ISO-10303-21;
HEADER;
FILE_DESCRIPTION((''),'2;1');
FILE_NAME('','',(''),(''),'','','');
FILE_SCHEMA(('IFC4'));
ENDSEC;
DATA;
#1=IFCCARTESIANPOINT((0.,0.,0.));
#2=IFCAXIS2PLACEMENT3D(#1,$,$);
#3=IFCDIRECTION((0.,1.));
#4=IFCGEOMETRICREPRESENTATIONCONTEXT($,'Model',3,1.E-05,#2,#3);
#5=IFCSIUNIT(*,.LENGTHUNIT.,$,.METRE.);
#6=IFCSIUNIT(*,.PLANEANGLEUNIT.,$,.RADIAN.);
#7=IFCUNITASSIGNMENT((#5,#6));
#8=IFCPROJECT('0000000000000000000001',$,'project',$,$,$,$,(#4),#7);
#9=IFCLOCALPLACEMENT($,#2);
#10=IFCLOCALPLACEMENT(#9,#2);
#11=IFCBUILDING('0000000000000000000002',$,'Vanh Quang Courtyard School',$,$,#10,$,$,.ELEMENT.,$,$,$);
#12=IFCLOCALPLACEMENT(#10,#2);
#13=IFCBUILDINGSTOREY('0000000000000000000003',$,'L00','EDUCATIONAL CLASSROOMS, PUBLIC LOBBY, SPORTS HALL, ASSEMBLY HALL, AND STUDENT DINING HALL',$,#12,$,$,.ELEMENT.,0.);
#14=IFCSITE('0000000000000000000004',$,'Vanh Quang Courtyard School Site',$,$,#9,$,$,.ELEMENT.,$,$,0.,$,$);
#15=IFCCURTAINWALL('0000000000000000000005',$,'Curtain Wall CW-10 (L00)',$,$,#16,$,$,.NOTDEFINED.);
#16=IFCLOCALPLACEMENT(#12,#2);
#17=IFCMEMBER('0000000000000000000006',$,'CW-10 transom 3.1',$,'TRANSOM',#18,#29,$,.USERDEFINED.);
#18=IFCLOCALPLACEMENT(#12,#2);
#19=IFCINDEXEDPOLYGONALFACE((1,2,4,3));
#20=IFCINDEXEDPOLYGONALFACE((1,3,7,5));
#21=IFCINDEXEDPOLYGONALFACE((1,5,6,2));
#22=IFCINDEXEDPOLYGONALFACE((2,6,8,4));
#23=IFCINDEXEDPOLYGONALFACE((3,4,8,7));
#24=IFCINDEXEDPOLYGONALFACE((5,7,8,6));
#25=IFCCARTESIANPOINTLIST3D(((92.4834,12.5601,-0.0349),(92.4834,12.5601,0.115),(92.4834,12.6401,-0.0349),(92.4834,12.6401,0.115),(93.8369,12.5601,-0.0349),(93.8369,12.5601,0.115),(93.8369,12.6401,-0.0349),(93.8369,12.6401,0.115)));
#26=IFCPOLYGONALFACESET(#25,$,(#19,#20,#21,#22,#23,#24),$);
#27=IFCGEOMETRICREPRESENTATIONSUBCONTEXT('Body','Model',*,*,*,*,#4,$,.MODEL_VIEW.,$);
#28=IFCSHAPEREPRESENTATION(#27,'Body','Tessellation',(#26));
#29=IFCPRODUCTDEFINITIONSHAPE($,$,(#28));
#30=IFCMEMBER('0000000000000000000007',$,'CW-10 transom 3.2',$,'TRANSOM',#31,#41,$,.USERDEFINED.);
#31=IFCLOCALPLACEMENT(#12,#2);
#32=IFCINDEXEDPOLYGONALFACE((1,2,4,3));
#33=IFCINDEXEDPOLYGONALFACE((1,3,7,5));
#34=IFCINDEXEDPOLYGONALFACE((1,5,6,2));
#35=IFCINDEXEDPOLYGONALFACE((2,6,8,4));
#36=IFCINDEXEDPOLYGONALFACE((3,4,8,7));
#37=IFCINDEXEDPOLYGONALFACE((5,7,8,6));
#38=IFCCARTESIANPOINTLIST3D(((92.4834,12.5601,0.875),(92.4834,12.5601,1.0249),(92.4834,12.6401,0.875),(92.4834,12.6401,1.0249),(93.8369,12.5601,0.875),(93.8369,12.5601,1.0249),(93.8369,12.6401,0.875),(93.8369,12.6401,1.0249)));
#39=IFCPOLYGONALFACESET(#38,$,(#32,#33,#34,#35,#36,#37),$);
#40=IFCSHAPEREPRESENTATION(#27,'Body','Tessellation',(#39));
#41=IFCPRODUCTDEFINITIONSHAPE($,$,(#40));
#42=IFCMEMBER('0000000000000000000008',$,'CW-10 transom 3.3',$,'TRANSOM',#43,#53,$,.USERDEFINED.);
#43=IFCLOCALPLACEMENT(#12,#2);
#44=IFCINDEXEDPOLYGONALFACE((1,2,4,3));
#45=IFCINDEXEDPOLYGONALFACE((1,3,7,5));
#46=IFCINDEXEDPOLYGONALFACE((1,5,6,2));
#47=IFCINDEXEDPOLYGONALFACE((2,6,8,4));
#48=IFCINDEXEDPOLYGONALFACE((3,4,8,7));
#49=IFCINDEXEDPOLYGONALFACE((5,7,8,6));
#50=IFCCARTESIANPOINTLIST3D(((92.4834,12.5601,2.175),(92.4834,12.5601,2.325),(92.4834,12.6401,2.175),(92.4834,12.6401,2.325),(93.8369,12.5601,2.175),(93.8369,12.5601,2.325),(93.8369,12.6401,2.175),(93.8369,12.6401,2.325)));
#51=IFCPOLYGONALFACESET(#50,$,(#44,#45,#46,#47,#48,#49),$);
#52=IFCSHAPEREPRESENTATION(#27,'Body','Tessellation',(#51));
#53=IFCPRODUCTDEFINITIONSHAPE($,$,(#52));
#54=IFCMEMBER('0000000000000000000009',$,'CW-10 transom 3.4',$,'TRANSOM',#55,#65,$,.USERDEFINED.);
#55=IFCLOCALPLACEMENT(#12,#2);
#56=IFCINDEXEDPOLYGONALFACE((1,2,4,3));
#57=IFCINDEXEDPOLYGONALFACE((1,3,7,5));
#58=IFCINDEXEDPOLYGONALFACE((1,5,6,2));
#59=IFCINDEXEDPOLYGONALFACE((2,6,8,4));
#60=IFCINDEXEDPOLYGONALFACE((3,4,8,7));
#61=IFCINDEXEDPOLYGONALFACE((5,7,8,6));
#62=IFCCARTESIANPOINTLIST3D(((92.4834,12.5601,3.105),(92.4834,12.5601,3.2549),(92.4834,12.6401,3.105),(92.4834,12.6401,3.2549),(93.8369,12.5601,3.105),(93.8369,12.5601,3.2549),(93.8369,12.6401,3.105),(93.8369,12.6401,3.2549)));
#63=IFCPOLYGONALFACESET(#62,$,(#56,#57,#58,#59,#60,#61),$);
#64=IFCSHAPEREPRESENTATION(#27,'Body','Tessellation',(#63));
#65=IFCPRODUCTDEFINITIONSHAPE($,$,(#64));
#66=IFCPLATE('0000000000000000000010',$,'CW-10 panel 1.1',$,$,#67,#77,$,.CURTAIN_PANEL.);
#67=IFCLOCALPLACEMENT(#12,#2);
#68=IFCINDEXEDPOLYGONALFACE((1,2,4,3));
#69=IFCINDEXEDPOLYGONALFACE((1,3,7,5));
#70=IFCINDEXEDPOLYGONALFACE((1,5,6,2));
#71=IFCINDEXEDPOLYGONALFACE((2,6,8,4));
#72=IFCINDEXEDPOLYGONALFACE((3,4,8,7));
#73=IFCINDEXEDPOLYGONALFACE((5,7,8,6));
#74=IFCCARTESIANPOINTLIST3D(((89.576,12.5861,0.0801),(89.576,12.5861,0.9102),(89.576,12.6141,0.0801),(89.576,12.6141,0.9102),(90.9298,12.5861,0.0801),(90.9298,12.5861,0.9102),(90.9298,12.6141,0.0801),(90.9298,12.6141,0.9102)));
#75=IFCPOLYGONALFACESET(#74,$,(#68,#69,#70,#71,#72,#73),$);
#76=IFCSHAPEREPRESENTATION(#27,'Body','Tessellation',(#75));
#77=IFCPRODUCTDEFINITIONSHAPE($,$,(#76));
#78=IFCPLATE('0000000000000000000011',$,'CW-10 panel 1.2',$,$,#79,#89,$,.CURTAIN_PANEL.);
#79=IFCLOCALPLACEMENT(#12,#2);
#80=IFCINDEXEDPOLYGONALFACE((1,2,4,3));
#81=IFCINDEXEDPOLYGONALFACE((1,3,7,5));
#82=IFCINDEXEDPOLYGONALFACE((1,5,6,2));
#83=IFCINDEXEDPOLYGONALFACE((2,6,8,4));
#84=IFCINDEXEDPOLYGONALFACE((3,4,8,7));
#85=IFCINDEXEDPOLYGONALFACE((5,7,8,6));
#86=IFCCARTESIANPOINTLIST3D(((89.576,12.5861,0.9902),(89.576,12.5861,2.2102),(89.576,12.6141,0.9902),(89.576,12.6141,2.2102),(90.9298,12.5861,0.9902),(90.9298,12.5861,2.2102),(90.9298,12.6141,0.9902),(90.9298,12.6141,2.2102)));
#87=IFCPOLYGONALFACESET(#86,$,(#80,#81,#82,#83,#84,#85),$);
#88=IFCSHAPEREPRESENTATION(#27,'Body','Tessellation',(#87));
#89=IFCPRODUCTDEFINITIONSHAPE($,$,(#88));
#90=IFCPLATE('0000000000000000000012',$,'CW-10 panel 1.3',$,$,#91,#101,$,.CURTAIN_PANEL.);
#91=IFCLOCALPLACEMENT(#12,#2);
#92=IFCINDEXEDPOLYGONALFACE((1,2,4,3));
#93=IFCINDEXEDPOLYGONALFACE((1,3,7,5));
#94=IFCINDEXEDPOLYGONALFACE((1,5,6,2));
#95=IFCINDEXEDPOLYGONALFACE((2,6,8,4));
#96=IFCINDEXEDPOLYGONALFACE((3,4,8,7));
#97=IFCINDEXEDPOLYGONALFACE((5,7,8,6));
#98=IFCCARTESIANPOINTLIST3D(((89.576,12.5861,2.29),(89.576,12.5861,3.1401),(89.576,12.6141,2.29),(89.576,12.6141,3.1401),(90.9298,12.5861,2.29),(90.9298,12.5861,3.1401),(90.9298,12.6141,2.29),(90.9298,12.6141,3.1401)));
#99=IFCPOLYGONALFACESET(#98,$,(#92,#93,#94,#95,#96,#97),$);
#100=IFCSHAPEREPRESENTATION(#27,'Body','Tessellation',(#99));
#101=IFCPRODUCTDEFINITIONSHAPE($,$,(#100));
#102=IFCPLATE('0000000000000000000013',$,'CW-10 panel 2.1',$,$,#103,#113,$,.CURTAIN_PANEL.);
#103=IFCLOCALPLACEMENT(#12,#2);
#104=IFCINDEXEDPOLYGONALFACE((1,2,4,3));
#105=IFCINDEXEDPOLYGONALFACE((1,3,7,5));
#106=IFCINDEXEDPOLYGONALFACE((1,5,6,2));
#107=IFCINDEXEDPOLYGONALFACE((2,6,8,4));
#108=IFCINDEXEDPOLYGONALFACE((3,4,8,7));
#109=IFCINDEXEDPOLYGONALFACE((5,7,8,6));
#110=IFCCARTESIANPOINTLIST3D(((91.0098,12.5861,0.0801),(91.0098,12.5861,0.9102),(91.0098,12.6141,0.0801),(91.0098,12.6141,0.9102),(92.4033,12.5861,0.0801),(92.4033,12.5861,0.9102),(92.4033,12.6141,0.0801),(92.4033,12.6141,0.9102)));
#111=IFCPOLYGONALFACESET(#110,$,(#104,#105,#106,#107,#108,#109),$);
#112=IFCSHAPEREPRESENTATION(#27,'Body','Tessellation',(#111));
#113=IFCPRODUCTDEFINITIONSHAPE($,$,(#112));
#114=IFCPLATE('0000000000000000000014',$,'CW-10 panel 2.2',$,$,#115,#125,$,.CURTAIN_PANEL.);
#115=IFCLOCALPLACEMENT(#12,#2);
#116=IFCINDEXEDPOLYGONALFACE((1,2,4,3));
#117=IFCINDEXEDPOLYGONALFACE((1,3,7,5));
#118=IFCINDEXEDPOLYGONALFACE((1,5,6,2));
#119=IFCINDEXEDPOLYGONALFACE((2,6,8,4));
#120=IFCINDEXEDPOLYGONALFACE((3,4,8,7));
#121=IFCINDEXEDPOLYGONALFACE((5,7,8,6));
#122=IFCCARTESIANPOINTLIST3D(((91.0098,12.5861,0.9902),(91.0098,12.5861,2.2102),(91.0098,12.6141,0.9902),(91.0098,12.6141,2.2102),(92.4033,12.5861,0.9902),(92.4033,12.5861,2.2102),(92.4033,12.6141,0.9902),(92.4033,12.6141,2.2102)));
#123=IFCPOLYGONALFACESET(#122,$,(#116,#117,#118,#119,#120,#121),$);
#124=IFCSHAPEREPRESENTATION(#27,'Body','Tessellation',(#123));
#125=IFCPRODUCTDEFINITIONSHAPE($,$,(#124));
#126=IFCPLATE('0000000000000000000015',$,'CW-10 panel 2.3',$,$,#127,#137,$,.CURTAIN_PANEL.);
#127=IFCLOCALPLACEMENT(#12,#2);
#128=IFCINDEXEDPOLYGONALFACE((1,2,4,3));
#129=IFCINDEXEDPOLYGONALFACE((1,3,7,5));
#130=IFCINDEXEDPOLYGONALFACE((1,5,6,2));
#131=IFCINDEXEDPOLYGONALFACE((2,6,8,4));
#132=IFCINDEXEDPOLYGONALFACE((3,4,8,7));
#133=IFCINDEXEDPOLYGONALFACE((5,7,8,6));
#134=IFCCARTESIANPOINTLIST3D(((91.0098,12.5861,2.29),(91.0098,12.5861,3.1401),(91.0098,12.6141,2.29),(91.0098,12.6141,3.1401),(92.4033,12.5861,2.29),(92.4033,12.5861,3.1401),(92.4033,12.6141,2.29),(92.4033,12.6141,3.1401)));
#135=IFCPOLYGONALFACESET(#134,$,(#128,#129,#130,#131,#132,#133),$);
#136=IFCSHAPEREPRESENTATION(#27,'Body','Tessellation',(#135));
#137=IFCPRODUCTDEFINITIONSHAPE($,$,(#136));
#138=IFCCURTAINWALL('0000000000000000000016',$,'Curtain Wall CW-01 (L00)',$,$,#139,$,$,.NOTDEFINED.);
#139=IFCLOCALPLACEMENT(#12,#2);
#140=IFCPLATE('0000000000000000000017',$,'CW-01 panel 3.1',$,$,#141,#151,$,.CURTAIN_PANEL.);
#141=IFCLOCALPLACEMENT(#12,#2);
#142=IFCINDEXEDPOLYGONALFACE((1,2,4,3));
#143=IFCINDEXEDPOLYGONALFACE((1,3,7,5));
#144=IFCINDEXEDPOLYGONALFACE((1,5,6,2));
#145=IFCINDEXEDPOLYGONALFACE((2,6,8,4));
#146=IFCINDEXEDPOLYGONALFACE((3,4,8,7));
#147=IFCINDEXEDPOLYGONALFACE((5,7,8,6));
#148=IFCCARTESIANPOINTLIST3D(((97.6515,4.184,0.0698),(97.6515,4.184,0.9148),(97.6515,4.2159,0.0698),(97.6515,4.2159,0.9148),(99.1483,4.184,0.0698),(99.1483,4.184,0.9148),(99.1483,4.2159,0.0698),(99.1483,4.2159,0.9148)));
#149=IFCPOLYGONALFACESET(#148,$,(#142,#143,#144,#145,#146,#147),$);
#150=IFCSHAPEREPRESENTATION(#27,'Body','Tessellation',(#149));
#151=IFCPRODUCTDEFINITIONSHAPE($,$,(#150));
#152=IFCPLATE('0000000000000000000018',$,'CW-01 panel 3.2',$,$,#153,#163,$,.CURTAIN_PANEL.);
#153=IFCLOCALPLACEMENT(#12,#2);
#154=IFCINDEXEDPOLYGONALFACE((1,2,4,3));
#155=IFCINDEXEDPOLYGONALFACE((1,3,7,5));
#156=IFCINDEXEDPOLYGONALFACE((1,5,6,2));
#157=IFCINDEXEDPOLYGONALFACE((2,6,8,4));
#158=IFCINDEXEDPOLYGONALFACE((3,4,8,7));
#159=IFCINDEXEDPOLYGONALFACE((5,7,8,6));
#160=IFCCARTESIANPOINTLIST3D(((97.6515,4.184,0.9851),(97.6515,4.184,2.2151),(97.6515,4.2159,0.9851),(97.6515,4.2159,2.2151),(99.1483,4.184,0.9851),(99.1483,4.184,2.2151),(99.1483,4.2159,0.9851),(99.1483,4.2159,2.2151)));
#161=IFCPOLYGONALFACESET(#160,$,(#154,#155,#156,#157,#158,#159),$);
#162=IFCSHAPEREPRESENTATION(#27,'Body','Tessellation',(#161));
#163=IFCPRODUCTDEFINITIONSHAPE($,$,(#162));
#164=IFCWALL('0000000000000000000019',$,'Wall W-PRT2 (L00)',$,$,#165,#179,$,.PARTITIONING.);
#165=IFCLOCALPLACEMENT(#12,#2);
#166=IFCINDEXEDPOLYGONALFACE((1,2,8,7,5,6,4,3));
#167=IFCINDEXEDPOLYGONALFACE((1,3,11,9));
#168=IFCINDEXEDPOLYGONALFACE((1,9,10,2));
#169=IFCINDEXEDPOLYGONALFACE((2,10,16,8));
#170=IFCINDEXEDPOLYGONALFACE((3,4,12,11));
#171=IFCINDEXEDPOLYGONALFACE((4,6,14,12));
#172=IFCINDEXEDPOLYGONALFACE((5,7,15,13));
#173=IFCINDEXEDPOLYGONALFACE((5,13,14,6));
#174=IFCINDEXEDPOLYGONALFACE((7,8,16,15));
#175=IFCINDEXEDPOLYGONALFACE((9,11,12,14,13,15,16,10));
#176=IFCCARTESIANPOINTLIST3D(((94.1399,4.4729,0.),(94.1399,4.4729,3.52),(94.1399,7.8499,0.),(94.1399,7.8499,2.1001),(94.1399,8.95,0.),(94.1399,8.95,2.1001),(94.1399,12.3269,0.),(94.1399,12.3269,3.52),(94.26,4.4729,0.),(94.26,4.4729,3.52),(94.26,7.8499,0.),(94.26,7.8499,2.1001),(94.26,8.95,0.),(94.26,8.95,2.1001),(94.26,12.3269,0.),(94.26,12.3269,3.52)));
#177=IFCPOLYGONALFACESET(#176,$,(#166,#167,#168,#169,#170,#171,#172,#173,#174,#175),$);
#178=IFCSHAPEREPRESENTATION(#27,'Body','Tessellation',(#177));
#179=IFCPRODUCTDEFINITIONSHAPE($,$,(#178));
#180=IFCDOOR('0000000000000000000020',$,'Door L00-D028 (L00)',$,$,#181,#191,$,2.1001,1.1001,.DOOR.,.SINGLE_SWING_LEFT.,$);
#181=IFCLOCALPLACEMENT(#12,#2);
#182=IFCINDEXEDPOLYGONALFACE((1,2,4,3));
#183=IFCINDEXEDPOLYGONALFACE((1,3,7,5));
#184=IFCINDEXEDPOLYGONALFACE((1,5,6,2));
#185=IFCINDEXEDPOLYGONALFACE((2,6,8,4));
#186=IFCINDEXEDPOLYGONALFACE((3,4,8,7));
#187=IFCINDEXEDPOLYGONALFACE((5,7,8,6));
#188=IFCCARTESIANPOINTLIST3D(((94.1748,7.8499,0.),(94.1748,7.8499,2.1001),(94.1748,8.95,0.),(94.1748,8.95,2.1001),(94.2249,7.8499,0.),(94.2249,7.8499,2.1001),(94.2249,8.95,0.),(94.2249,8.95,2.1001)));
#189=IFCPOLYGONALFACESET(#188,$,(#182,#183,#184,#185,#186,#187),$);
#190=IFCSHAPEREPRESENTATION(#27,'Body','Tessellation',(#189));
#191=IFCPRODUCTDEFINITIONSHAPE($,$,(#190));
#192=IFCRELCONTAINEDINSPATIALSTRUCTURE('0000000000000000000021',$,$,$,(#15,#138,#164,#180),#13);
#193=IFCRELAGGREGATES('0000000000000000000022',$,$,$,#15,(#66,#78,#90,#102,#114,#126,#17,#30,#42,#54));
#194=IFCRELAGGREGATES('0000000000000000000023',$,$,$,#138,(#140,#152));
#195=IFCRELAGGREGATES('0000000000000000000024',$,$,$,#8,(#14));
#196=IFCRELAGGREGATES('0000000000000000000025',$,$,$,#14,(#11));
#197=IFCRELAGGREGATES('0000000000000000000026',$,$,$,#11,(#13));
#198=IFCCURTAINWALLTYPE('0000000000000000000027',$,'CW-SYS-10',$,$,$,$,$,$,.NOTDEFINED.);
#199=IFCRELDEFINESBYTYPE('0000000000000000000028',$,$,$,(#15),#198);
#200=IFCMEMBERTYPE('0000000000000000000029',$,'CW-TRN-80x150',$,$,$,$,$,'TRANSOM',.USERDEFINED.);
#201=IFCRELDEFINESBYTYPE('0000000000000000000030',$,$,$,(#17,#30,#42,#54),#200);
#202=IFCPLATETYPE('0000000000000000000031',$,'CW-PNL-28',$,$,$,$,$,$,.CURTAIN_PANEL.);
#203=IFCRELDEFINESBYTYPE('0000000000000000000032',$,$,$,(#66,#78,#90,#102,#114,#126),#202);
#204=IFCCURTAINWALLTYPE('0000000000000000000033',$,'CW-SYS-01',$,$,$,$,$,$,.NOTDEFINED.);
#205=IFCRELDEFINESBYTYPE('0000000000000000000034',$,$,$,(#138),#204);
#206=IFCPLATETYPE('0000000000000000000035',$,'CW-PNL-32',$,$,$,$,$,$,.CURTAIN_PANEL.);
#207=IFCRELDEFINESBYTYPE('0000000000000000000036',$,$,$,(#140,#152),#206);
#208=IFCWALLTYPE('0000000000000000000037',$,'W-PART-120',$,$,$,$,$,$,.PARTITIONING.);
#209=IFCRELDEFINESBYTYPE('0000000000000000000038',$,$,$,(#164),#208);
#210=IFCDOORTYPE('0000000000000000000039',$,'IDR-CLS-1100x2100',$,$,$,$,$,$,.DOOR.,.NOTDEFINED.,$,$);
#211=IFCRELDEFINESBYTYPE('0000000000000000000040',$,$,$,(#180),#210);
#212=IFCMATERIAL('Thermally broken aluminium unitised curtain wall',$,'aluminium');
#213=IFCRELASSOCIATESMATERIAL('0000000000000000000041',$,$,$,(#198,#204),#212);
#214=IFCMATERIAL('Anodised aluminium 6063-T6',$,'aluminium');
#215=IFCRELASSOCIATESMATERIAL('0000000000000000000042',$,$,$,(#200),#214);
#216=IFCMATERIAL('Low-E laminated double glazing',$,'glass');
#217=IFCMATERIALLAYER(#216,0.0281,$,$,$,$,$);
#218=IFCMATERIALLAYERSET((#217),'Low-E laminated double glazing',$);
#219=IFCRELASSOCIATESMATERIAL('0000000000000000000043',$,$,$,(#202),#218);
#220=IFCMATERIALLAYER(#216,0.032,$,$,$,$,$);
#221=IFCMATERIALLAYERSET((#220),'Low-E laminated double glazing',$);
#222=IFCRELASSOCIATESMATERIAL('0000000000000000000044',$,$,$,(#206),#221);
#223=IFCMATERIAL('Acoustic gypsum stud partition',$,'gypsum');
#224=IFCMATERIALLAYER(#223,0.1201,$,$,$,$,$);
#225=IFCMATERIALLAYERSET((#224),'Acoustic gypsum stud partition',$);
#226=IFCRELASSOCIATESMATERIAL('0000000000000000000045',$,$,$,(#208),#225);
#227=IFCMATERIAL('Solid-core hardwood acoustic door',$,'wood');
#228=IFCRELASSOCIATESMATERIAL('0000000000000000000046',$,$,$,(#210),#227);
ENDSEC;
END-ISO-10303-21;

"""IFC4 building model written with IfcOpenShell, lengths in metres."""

from ifc_helpers import new_model, si_unit, direction, frame, frame_2d, origin, origin_2d, place, context, subcontext, project, spatial, rectangle, extrude, material, layer, layer_set, material_profile, profile_set, type_object, element, fill, aggregate, save


model = new_model("IFC4")

# Units and contexts
model_context = context("Model", 3, precision=1e-05, world=origin(), true_north=direction((0.0, 1.0)))
body_context = subcontext(model_context, "Body", "Model", "MODEL_VIEW")
ifc_project = project(units=[si_unit("LENGTHUNIT", "METRE"), si_unit("PLANEANGLEUNIT", "RADIAN")], contexts=[model_context])

# Site, building, storey
site_placement = place(None, origin())
site = spatial("IfcSite", under=ifc_project, at=site_placement, Name="Vanh Quang Courtyard School Site", CompositionType="ELEMENT", RefElevation=0.0)
building_placement = place(site_placement, origin())
building = spatial("IfcBuilding", under=site, at=building_placement, Name="Vanh Quang Courtyard School", CompositionType="ELEMENT")
storey_placement = place(building_placement, origin())
storey = spatial("IfcBuildingStorey", under=building, at=storey_placement, Name="L00", Description="EDUCATIONAL CLASSROOMS, PUBLIC LOBBY, SPORTS HALL, ASSEMBLY HALL, AND STUDENT DINING HALL", CompositionType="ELEMENT", Elevation=0.0)

# Curtain wall, members, plates
ifc_material_1 = material(Name="Thermally broken aluminium unitised curtain wall", Category="aluminium")
curtain_wall_type_1 = type_object("IfcCurtainWallType", Name="CW-SYS-10", PredefinedType="NOTDEFINED", material=ifc_material_1)
curtain_wall_1_placement = place(storey_placement, origin())
curtain_wall_1 = element("IfcCurtainWall", 1, at=curtain_wall_1_placement, inside=storey, type_object=curtain_wall_type_1, Name="Curtain Wall CW-10 (L00)", PredefinedType="NOTDEFINED")
ifc_material_2 = material(Name="Anodised aluminium 6063-T6", Category="aluminium")
ifc_material_profile_1 = material_profile(ifc_material_2, rectangle(XDim=0.0801, YDim=0.1499, at=origin_2d()), Name="ALU-TRN 80x150")
ifc_profile_set_1 = profile_set([ifc_material_profile_1], Name="Anodised aluminium 6063-T6")
member_type_1 = type_object("IfcMemberType", Name="CW-TRN-80x150", ElementType="TRANSOM", PredefinedType="USERDEFINED", material=ifc_profile_set_1)
member_1_placement = place(storey_placement, frame((92.4834, 12.6001, 0.04), z_axis=(1.0, 0.0, 0.0), x_axis=(0.0, 1.0, 0.0)))
member_1 = element("IfcMember", 2, at=member_1_placement, type_object=member_type_1, Name="CW-10 transom 3.1", ObjectType="TRANSOM", PredefinedType="USERDEFINED", context=body_context, shape_type="SweptSolid", body=[
    extrude(rectangle(XDim=0.0801, YDim=0.1499, at=origin_2d()), origin(), (0.0, 0.0, 1.0), 1.3535),
])
member_2_placement = place(storey_placement, frame((92.4834, 12.6001, 0.95), z_axis=(1.0, 0.0, 0.0), x_axis=(0.0, 1.0, 0.0)))
member_2 = element("IfcMember", 3, at=member_2_placement, type_object=member_type_1, Name="CW-10 transom 3.2", ObjectType="TRANSOM", PredefinedType="USERDEFINED", context=body_context, shape_type="SweptSolid", body=[
    extrude(rectangle(XDim=0.0801, YDim=0.1499, at=origin_2d()), origin(), (0.0, 0.0, 1.0), 1.3535),
])
member_3_placement = place(storey_placement, frame((92.4834, 12.6001, 2.25), z_axis=(1.0, 0.0, 0.0), x_axis=(0.0, 1.0, 0.0)))
member_3 = element("IfcMember", 4, at=member_3_placement, type_object=member_type_1, Name="CW-10 transom 3.3", ObjectType="TRANSOM", PredefinedType="USERDEFINED", context=body_context, shape_type="SweptSolid", body=[
    extrude(rectangle(XDim=0.0801, YDim=0.1499, at=origin_2d()), origin(), (0.0, 0.0, 1.0), 1.3535),
])
member_4_placement = place(storey_placement, frame((92.4834, 12.6001, 3.1799), z_axis=(1.0, 0.0, 0.0), x_axis=(0.0, 1.0, 0.0)))
member_4 = element("IfcMember", 5, at=member_4_placement, type_object=member_type_1, Name="CW-10 transom 3.4", ObjectType="TRANSOM", PredefinedType="USERDEFINED", context=body_context, shape_type="SweptSolid", body=[
    extrude(rectangle(XDim=0.0801, YDim=0.1499, at=origin_2d()), origin(), (0.0, 0.0, 1.0), 1.3535),
])
ifc_material_3 = material(Name="Low-E laminated double glazing", Category="glass")
ifc_layer_1 = layer(ifc_material_3, 0.0281)
ifc_layer_set_1 = layer_set([ifc_layer_1], Name="Low-E laminated double glazing")
plate_type_1 = type_object("IfcPlateType", Name="CW-PNL-28", PredefinedType="CURTAIN_PANEL", material=ifc_layer_set_1)
plate_1_placement = place(storey_placement, frame((90.2529, 12.6001, 0.0801), z_axis=(0.0, 0.0, 1.0), x_axis=(1.0, 0.0, 0.0)))
plate_1 = element("IfcPlate", 6, at=plate_1_placement, type_object=plate_type_1, Name="CW-10 panel 1.1", PredefinedType="CURTAIN_PANEL", context=body_context, shape_type="SweptSolid", body=[
    extrude(rectangle(XDim=1.3538, YDim=0.0281, at=origin_2d()), origin(), (0.0, 0.0, 1.0), 0.8301),
])
plate_2_placement = place(storey_placement, frame((90.2529, 12.6001, 0.9902), z_axis=(0.0, 0.0, 1.0), x_axis=(1.0, 0.0, 0.0)))
plate_2 = element("IfcPlate", 7, at=plate_2_placement, type_object=plate_type_1, Name="CW-10 panel 1.2", PredefinedType="CURTAIN_PANEL", context=body_context, shape_type="SweptSolid", body=[
    extrude(rectangle(XDim=1.3538, YDim=0.0281, at=origin_2d()), origin(), (0.0, 0.0, 1.0), 1.22),
])
plate_3_placement = place(storey_placement, frame((90.2529, 12.6001, 2.29), z_axis=(0.0, 0.0, 1.0), x_axis=(1.0, 0.0, 0.0)))
plate_3 = element("IfcPlate", 8, at=plate_3_placement, type_object=plate_type_1, Name="CW-10 panel 1.3", PredefinedType="CURTAIN_PANEL", context=body_context, shape_type="SweptSolid", body=[
    extrude(rectangle(XDim=1.3538, YDim=0.0281, at=origin_2d()), origin(), (0.0, 0.0, 1.0), 0.8501),
])
plate_4_placement = place(storey_placement, frame((91.7065, 12.6001, 0.0801), z_axis=(0.0, 0.0, 1.0), x_axis=(1.0, 0.0, 0.0)))
plate_4 = element("IfcPlate", 9, at=plate_4_placement, type_object=plate_type_1, Name="CW-10 panel 2.1", PredefinedType="CURTAIN_PANEL", context=body_context, shape_type="SweptSolid", body=[
    extrude(rectangle(XDim=1.3936, YDim=0.0281, at=origin_2d()), origin(), (0.0, 0.0, 1.0), 0.8301),
])
plate_5_placement = place(storey_placement, frame((91.7065, 12.6001, 0.9902), z_axis=(0.0, 0.0, 1.0), x_axis=(1.0, 0.0, 0.0)))
plate_5 = element("IfcPlate", 10, at=plate_5_placement, type_object=plate_type_1, Name="CW-10 panel 2.2", PredefinedType="CURTAIN_PANEL", context=body_context, shape_type="SweptSolid", body=[
    extrude(rectangle(XDim=1.3936, YDim=0.0281, at=origin_2d()), origin(), (0.0, 0.0, 1.0), 1.22),
])
plate_6_placement = place(storey_placement, frame((91.7065, 12.6001, 2.29), z_axis=(0.0, 0.0, 1.0), x_axis=(1.0, 0.0, 0.0)))
plate_6 = element("IfcPlate", 11, at=plate_6_placement, type_object=plate_type_1, Name="CW-10 panel 2.3", PredefinedType="CURTAIN_PANEL", context=body_context, shape_type="SweptSolid", body=[
    extrude(rectangle(XDim=1.3936, YDim=0.0281, at=origin_2d()), origin(), (0.0, 0.0, 1.0), 0.8501),
])
aggregate(curtain_wall_1, [plate_1, plate_2, plate_3, plate_4, plate_5, plate_6, member_1, member_2, member_3, member_4])

# Curtain wall, plates
curtain_wall_type_2 = type_object("IfcCurtainWallType", Name="CW-SYS-01", PredefinedType="NOTDEFINED", material=ifc_material_1)
curtain_wall_2_placement = place(storey_placement, origin())
curtain_wall_2 = element("IfcCurtainWall", 12, at=curtain_wall_2_placement, inside=storey, type_object=curtain_wall_type_2, Name="Curtain Wall CW-01 (L00)", PredefinedType="NOTDEFINED")
ifc_layer_2 = layer(ifc_material_3, 0.032)
ifc_layer_set_2 = layer_set([ifc_layer_2], Name="Low-E laminated double glazing")
plate_type_2 = type_object("IfcPlateType", Name="CW-PNL-32", PredefinedType="CURTAIN_PANEL", material=ifc_layer_set_2)
plate_7_placement = place(storey_placement, frame((98.3999, 4.2, 0.0698), z_axis=(0.0, 0.0, 1.0), x_axis=(-1.0, 0.0, 0.0)))
plate_7 = element("IfcPlate", 13, at=plate_7_placement, type_object=plate_type_2, Name="CW-01 panel 3.1", PredefinedType="CURTAIN_PANEL", context=body_context, shape_type="SweptSolid", body=[
    extrude(rectangle(XDim=1.4968, YDim=0.032, at=origin_2d()), origin(), (0.0, 0.0, 1.0), 0.845),
])
plate_8_placement = place(storey_placement, frame((98.3999, 4.2, 0.9851), z_axis=(0.0, 0.0, 1.0), x_axis=(-1.0, 0.0, 0.0)))
plate_8 = element("IfcPlate", 14, at=plate_8_placement, type_object=plate_type_2, Name="CW-01 panel 3.2", PredefinedType="CURTAIN_PANEL", context=body_context, shape_type="SweptSolid", body=[
    extrude(rectangle(XDim=1.4968, YDim=0.032, at=origin_2d()), origin(), (0.0, 0.0, 1.0), 1.23),
])
aggregate(curtain_wall_2, [plate_7, plate_8])

# Wall, opening, door
ifc_material_4 = material(Name="Acoustic gypsum stud partition", Category="gypsum")
ifc_layer_3 = layer(ifc_material_4, 0.1201)
ifc_layer_set_3 = layer_set([ifc_layer_3], Name="Acoustic gypsum stud partition")
wall_type_1 = type_object("IfcWallType", Name="W-PART-120", PredefinedType="PARTITIONING", material=ifc_layer_set_3)
wall_1_placement = place(storey_placement, frame((94.2, 12.3269, 0.0), z_axis=(0.0, 0.0, 1.0), x_axis=(0.0, -1.0, 0.0)))
wall_1 = element("IfcWall", 15, at=wall_1_placement, inside=storey, type_object=wall_type_1, Name="Wall W-PRT2 (L00)", PredefinedType="PARTITIONING", context=body_context, shape_type="SweptSolid", body=[
    extrude(rectangle(XDim=7.854, YDim=0.1201, at=frame_2d((3.927, 0.0))), origin(), (0.0, 0.0, 1.0), 3.52),
])
opening_placement = place(wall_1_placement, frame((3.377, 0.0, 0.0)))
opening = element("IfcOpeningElement", 16, at=opening_placement, cuts=wall_1, PredefinedType="OPENING", context=body_context, shape_type="SweptSolid", body=[
    extrude(rectangle(XDim=1.1001, YDim=2.1001, at=frame_2d((0.55, 1.05))), frame((0.0, 0.0701, 0.0), z_axis=(0.0, -1.0, 0.0), x_axis=(1.0, 0.0, 0.0)), (0.0, 0.0, 1.0), 0.1401),
])
ifc_material_5 = material(Name="Solid-core hardwood acoustic door", Category="wood")
door_type = type_object("IfcDoorType", Name="IDR-CLS-1100x2100", OperationType="NOTDEFINED", PredefinedType="DOOR", material=ifc_material_5)
door_placement = place(opening_placement, origin())
door = element("IfcDoor", 17, at=door_placement, inside=storey, type_object=door_type, Name="Door L00-D028 (L00)", OperationType="SINGLE_SWING_LEFT", OverallHeight=2.1001, OverallWidth=1.1001, PredefinedType="DOOR", context=body_context, shape_type="SweptSolid", body=[
    extrude(rectangle(XDim=1.1001, YDim=2.1001, at=frame_2d((0.55, 1.05))), frame((0.0, 0.0249, 0.0), z_axis=(0.0, -1.0, 0.0), x_axis=(1.0, 0.0, 0.0)), (0.0, 0.0, 1.0), 0.05),
])
fill(opening, door)

save(model, "model.ifc")
